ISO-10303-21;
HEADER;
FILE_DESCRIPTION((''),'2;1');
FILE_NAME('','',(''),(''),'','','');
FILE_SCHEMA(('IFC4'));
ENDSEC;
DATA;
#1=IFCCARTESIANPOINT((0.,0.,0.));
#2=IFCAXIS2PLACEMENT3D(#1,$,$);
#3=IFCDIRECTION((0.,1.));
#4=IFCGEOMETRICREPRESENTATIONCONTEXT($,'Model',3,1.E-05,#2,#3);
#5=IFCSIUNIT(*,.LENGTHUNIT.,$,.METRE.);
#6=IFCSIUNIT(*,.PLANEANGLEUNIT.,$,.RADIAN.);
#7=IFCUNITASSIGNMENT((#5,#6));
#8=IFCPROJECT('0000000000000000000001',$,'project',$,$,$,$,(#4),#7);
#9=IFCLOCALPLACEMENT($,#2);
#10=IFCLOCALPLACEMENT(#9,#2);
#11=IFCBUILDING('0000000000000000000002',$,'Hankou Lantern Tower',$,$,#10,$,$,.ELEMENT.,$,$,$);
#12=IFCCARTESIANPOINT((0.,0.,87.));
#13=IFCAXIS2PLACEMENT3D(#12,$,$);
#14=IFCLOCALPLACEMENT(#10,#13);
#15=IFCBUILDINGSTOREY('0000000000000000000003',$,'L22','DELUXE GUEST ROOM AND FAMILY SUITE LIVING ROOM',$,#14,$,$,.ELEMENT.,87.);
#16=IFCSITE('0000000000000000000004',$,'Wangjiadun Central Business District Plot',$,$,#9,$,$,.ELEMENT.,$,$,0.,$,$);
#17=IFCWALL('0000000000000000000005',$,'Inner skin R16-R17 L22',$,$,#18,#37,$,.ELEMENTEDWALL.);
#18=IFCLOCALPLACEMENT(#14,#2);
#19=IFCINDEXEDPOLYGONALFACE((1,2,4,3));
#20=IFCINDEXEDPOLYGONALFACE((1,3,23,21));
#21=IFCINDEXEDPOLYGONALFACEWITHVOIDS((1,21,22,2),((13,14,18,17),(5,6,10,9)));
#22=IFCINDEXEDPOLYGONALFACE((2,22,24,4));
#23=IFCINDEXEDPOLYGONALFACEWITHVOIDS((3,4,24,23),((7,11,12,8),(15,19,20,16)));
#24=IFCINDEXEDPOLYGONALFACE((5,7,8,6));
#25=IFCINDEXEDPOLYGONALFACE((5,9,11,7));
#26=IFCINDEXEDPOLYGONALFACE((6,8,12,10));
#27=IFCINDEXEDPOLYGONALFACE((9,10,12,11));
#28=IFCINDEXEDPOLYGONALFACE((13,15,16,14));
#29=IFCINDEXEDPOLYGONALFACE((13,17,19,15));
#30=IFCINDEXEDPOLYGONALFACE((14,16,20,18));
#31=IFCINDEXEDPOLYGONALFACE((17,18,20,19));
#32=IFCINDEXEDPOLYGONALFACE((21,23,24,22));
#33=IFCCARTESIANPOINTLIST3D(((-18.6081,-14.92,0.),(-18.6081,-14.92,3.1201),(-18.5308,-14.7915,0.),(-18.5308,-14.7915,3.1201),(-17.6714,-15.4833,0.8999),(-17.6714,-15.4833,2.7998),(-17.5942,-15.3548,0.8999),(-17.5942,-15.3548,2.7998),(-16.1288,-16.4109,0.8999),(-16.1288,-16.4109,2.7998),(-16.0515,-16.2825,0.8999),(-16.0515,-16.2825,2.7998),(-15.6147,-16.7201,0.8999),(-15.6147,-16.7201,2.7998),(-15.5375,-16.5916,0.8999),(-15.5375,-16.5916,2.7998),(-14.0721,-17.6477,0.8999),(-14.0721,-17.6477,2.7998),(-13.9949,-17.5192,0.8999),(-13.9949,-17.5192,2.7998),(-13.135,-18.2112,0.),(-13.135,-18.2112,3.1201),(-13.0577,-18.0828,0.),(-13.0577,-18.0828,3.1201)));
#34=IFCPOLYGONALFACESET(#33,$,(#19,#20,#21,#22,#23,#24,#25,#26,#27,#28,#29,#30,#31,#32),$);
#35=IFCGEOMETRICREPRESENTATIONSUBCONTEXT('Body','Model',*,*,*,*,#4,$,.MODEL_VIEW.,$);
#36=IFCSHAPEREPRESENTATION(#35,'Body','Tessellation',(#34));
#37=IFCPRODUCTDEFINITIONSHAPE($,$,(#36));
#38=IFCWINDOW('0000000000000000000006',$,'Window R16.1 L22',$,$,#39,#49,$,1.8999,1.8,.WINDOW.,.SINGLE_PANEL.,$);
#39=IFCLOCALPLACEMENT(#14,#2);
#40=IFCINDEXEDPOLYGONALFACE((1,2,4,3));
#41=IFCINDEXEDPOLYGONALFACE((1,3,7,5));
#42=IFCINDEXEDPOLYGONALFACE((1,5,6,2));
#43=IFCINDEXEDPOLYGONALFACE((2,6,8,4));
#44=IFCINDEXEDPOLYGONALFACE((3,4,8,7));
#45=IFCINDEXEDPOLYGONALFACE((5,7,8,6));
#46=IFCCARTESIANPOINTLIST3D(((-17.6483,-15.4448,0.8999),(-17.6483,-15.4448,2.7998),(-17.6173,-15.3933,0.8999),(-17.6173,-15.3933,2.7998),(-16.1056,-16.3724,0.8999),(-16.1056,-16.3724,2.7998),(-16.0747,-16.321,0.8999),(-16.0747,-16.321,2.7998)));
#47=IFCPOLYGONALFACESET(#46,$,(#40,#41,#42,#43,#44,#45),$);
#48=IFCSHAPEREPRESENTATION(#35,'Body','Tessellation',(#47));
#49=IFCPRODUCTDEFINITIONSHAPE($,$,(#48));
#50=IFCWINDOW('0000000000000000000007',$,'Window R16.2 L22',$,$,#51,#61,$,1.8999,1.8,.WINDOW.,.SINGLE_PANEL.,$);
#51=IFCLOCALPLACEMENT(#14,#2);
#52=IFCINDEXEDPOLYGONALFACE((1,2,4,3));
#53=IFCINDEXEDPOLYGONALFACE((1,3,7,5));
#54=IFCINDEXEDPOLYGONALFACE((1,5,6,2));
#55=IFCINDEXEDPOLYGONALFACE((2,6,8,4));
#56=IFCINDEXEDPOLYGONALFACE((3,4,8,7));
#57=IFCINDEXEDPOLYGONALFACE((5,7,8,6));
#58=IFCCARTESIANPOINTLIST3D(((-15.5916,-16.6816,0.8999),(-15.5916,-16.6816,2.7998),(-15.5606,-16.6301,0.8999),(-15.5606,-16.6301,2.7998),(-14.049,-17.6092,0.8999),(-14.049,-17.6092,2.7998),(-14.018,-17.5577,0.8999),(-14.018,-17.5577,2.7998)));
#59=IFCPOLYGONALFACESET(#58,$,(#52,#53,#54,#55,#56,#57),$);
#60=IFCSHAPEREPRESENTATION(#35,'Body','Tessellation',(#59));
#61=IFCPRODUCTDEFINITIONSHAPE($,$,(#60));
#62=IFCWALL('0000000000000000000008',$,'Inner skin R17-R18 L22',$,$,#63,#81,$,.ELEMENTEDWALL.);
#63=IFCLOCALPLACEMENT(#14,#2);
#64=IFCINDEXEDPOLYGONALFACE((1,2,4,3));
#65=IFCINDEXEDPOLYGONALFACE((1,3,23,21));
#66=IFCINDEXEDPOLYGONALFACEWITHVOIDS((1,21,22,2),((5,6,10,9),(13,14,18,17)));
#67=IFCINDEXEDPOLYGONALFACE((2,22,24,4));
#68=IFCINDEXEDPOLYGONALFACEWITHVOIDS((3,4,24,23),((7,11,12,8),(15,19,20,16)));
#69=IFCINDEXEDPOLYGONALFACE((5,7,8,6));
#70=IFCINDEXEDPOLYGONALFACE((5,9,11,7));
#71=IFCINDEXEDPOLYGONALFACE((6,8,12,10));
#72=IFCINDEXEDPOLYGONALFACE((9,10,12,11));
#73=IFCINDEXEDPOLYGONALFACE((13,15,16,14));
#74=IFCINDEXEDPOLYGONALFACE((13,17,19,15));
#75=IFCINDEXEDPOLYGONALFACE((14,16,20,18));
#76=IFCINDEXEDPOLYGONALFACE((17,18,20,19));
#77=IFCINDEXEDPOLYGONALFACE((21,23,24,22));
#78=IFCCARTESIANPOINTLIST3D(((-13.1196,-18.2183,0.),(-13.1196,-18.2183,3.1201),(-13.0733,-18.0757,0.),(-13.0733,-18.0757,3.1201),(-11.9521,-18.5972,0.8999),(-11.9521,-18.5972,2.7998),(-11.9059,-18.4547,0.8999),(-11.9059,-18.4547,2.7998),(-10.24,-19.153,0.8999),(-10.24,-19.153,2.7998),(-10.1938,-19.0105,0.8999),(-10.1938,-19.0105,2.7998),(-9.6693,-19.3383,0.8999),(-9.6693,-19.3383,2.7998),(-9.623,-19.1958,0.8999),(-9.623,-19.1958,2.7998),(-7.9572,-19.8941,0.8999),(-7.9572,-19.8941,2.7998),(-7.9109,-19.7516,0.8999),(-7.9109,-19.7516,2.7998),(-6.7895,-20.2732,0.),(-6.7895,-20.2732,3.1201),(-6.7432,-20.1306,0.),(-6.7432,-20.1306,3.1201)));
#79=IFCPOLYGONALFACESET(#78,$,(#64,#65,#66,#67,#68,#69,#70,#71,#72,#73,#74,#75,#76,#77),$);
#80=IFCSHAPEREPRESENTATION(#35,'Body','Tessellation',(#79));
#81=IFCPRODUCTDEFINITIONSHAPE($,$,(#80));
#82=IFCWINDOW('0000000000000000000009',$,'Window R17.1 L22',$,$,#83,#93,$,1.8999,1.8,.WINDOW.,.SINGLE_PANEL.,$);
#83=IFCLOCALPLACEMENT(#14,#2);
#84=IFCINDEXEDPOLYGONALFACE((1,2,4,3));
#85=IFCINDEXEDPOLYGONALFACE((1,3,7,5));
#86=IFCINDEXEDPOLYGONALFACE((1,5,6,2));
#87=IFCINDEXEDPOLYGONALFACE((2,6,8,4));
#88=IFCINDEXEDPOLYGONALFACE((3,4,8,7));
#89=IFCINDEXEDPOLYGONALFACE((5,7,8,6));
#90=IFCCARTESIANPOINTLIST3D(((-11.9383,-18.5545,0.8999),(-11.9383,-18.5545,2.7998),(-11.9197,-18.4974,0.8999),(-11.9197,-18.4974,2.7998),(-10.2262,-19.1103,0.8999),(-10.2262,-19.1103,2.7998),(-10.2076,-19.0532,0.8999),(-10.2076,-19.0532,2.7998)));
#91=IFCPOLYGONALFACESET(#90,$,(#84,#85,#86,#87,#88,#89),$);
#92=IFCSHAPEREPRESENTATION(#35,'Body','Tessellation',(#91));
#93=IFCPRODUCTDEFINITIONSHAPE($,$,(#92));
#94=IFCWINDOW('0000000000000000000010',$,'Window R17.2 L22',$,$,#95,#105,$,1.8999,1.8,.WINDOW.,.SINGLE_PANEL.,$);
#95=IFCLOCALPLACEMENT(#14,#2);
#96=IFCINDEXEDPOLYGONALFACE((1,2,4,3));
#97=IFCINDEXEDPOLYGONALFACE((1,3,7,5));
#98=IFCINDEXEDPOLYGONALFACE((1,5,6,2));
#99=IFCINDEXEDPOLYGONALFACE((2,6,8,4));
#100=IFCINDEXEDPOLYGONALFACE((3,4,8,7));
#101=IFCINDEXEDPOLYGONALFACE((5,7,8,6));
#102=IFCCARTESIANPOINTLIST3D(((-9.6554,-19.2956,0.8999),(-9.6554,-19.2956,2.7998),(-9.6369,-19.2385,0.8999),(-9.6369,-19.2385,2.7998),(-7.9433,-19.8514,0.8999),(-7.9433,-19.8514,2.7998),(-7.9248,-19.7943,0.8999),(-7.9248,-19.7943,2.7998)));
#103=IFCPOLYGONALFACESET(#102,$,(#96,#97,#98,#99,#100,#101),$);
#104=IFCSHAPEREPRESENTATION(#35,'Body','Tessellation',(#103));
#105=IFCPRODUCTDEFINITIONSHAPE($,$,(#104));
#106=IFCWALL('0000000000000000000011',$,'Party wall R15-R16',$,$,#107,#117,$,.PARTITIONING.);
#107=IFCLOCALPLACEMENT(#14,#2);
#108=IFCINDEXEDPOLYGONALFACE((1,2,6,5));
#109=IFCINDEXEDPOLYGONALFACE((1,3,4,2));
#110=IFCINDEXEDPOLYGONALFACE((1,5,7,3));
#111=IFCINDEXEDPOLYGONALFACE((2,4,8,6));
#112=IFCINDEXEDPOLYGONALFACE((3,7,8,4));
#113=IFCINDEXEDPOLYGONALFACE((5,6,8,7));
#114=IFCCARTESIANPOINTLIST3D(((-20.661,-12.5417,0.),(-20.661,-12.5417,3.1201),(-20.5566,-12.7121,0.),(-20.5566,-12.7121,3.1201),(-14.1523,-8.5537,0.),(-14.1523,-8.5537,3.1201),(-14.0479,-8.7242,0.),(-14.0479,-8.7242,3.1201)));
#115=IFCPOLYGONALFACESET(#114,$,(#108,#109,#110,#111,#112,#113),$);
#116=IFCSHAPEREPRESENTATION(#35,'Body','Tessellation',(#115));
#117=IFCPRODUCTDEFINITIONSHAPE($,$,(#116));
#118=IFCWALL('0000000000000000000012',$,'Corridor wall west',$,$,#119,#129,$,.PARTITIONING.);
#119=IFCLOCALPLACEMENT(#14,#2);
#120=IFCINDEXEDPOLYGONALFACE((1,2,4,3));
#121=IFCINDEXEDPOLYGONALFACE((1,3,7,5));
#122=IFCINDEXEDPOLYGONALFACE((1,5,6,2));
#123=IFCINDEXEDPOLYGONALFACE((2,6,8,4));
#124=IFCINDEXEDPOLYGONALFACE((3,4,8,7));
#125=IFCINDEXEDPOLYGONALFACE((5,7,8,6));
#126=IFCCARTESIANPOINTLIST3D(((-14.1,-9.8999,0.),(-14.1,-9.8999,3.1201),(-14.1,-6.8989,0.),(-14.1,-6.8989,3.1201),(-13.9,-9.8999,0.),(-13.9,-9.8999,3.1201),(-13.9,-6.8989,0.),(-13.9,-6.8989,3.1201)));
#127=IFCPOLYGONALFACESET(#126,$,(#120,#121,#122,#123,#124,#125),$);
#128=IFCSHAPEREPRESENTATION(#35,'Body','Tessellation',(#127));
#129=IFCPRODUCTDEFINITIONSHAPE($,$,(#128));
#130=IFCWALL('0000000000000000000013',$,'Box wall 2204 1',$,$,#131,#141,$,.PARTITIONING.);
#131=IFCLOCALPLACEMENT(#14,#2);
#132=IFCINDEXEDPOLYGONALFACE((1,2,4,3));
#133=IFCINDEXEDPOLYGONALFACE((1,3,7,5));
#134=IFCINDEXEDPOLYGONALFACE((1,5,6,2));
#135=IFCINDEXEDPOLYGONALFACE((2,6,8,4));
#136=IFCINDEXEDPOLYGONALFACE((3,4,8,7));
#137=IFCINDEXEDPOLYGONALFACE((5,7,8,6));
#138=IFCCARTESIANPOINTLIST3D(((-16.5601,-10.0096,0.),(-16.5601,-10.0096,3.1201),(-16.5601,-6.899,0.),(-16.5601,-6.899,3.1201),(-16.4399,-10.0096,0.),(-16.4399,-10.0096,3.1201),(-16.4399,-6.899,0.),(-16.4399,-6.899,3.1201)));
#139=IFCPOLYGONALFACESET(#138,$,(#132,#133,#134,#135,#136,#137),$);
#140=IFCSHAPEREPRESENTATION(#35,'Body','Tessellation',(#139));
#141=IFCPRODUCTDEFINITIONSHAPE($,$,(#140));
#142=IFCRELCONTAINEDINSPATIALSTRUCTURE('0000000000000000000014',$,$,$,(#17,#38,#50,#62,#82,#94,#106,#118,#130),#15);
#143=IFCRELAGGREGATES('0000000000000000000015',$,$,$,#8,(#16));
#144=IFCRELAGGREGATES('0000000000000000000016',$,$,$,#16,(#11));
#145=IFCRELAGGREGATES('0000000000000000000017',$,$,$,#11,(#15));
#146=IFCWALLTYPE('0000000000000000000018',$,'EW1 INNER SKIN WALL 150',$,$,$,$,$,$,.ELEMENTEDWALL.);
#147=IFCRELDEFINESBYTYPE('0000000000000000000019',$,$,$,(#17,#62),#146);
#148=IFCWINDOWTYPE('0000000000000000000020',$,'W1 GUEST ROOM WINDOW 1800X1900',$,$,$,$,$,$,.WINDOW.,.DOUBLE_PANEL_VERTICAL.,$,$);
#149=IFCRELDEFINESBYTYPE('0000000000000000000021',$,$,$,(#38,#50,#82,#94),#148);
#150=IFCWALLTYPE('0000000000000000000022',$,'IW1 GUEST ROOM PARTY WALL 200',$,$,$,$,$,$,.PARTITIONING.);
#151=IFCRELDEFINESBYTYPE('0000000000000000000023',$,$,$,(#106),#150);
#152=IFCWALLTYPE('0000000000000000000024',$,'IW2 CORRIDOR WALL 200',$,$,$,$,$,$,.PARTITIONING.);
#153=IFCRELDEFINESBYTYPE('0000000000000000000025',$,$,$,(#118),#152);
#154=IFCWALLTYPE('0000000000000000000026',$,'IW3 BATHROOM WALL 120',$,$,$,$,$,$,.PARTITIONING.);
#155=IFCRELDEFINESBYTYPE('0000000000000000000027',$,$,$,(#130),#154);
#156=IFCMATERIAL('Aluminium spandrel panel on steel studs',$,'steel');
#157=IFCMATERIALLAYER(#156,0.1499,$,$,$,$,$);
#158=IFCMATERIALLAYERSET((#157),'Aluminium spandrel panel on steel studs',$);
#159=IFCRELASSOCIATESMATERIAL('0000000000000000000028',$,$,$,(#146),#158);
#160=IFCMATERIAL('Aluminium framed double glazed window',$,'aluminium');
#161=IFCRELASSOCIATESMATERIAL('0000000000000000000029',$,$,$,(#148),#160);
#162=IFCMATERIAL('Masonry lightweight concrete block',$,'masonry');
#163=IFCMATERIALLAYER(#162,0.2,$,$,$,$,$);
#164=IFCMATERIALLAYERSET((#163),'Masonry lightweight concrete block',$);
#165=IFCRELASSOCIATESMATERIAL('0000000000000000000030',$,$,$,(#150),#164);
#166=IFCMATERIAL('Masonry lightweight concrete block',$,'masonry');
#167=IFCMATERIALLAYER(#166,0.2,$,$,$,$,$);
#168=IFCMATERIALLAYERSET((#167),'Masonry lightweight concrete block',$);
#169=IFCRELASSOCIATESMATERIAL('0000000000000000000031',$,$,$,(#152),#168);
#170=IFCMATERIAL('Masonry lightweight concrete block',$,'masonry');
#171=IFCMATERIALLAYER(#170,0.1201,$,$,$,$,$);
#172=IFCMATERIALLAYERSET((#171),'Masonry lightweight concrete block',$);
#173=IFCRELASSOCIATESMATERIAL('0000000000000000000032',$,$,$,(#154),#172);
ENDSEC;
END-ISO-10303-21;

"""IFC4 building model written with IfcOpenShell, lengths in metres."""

from ifc_helpers import new_model, si_unit, direction, frame, frame_2d, origin, place, context, subcontext, project, spatial, rectangle, extrude, material, layer, layer_set, type_object, element, fill, save


model = new_model("IFC4")

# Units and contexts
model_context = context("Model", 3, precision=1e-05, world=origin(), true_north=direction((0.0, 1.0)))
body_context = subcontext(model_context, "Body", "Model", "MODEL_VIEW")
ifc_project = project(units=[si_unit("LENGTHUNIT", "METRE"), si_unit("PLANEANGLEUNIT", "RADIAN")], contexts=[model_context])

# Site, building, storey
site_placement = place(None, origin())
site = spatial("IfcSite", under=ifc_project, at=site_placement, Name="Wangjiadun Central Business District Plot", CompositionType="ELEMENT", RefElevation=0.0)
building_placement = place(site_placement, origin())
building = spatial("IfcBuilding", under=site, at=building_placement, Name="Hankou Lantern Tower", CompositionType="ELEMENT")
storey_placement = place(building_placement, frame((0.0, 0.0, 87.0)))
storey = spatial("IfcBuildingStorey", under=building, at=storey_placement, Name="L22", Description="DELUXE GUEST ROOM AND FAMILY SUITE LIVING ROOM", CompositionType="ELEMENT", Elevation=87.0)

# Walls, openings, windows
ifc_material_1 = material(Name="Aluminium spandrel panel on steel studs", Category="steel")
ifc_layer_1 = layer(ifc_material_1, 0.1499)
ifc_layer_set_1 = layer_set([ifc_layer_1], Name="Aluminium spandrel panel on steel studs")
wall_type_1 = type_object("IfcWallType", Name="EW1 INNER SKIN WALL 150", PredefinedType="ELEMENTEDWALL", material=ifc_layer_set_1)
ifc_material_2 = material(Name="Aluminium framed double glazed window", Category="aluminium")
window_type = type_object("IfcWindowType", Name="W1 GUEST ROOM WINDOW 1800X1900", PartitioningType="DOUBLE_PANEL_VERTICAL", PredefinedType="WINDOW", material=ifc_material_2)
wall_1_placement = place(storey_placement, frame((-18.5696, -14.8557, 0.0), z_axis=(0.0, 0.0, 1.0), x_axis=(0.856983, -0.515344, 0.0)))
wall_1 = element("IfcWall", 1, at=wall_1_placement, inside=storey, type_object=wall_type_1, Name="Inner skin R16-R17 L22", PredefinedType="ELEMENTEDWALL", context=body_context, shape_type="SweptSolid", body=[
    extrude(rectangle(XDim=6.3865, YDim=0.1499, at=frame_2d((3.1934, 0.0))), origin(), (0.0, 0.0, 1.0), 3.1201),
])
opening_1_placement = place(wall_1_placement, frame((1.0933, 0.0, 0.8999)))
opening_1 = element("IfcOpeningElement", 2, at=opening_1_placement, cuts=wall_1, PredefinedType="OPENING", context=body_context, shape_type="SweptSolid", body=[
    extrude(rectangle(XDim=1.8, YDim=1.8999, at=frame_2d((0.8999, 0.95))), frame((0.0, 0.085, 0.0), z_axis=(0.0, -1.0, 0.0), x_axis=(1.0, 0.0, 0.0)), (0.0, 0.0, 1.0), 0.1699),
])
opening_2_placement = place(wall_1_placement, frame((3.4932, 0.0, 0.8999)))
opening_2 = element("IfcOpeningElement", 3, at=opening_2_placement, cuts=wall_1, PredefinedType="OPENING", context=body_context, shape_type="SweptSolid", body=[
    extrude(rectangle(XDim=1.8, YDim=1.8999, at=frame_2d((0.8999, 0.95))), frame((0.0, 0.085, 0.0), z_axis=(0.0, -1.0, 0.0), x_axis=(1.0, 0.0, 0.0)), (0.0, 0.0, 1.0), 0.1699),
])
window_1_placement = place(opening_1_placement, origin())
window_1 = element("IfcWindow", 4, at=window_1_placement, inside=storey, type_object=window_type, Name="Window R16.1 L22", OverallHeight=1.8999, OverallWidth=1.8, PartitioningType="SINGLE_PANEL", PredefinedType="WINDOW", context=body_context, shape_type="SweptSolid", body=[
    extrude(rectangle(XDim=1.8, YDim=1.8999, at=frame_2d((0.8999, 0.95))), frame((0.0, 0.03, 0.0), z_axis=(0.0, -1.0, 0.0), x_axis=(1.0, 0.0, 0.0)), (0.0, 0.0, 1.0), 0.0601),
])
fill(opening_1, window_1)
window_2_placement = place(opening_2_placement, origin())
window_2 = element("IfcWindow", 5, at=window_2_placement, inside=storey, type_object=window_type, Name="Window R16.2 L22", OverallHeight=1.8999, OverallWidth=1.8, PartitioningType="SINGLE_PANEL", PredefinedType="WINDOW", context=body_context, shape_type="SweptSolid", body=[
    extrude(rectangle(XDim=1.8, YDim=1.8999, at=frame_2d((0.8999, 0.95))), frame((0.0, 0.03, 0.0), z_axis=(0.0, -1.0, 0.0), x_axis=(1.0, 0.0, 0.0)), (0.0, 0.0, 1.0), 0.0601),
])
fill(opening_2, window_2)
wall_2_placement = place(storey_placement, frame((-13.0964, -18.147, 0.0), z_axis=(0.0, 0.0, 1.0), x_axis=(0.951138, -0.308768, 0.0)))
wall_2 = element("IfcWall", 6, at=wall_2_placement, inside=storey, type_object=wall_type_1, Name="Inner skin R17-R18 L22", PredefinedType="ELEMENTEDWALL", context=body_context, shape_type="SweptSolid", body=[
    extrude(rectangle(XDim=6.6553, YDim=0.1499, at=frame_2d((3.3276, 0.0))), origin(), (0.0, 0.0, 1.0), 3.1201),
])
opening_3_placement = place(wall_2_placement, frame((1.2275, 0.0, 0.8999)))
opening_3 = element("IfcOpeningElement", 7, at=opening_3_placement, cuts=wall_2, PredefinedType="OPENING", context=body_context, shape_type="SweptSolid", body=[
    extrude(rectangle(XDim=1.8, YDim=1.8999, at=frame_2d((0.8999, 0.95))), frame((0.0, 0.085, 0.0), z_axis=(0.0, -1.0, 0.0), x_axis=(1.0, 0.0, 0.0)), (0.0, 0.0, 1.0), 0.1699),
])
opening_4_placement = place(wall_2_placement, frame((3.6277, 0.0, 0.8999)))
opening_4 = element("IfcOpeningElement", 8, at=opening_4_placement, cuts=wall_2, PredefinedType="OPENING", context=body_context, shape_type="SweptSolid", body=[
    extrude(rectangle(XDim=1.8, YDim=1.8999, at=frame_2d((0.8999, 0.95))), frame((0.0, 0.085, 0.0), z_axis=(0.0, -1.0, 0.0), x_axis=(1.0, 0.0, 0.0)), (0.0, 0.0, 1.0), 0.1699),
])
window_3_placement = place(opening_3_placement, origin())
window_3 = element("IfcWindow", 9, at=window_3_placement, inside=storey, type_object=window_type, Name="Window R17.1 L22", OverallHeight=1.8999, OverallWidth=1.8, PartitioningType="SINGLE_PANEL", PredefinedType="WINDOW", context=body_context, shape_type="SweptSolid", body=[
    extrude(rectangle(XDim=1.8, YDim=1.8999, at=frame_2d((0.8999, 0.95))), frame((0.0, 0.03, 0.0), z_axis=(0.0, -1.0, 0.0), x_axis=(1.0, 0.0, 0.0)), (0.0, 0.0, 1.0), 0.0601),
])
fill(opening_3, window_3)
window_4_placement = place(opening_4_placement, origin())
window_4 = element("IfcWindow", 10, at=window_4_placement, inside=storey, type_object=window_type, Name="Window R17.2 L22", OverallHeight=1.8999, OverallWidth=1.8, PartitioningType="SINGLE_PANEL", PredefinedType="WINDOW", context=body_context, shape_type="SweptSolid", body=[
    extrude(rectangle(XDim=1.8, YDim=1.8999, at=frame_2d((0.8999, 0.95))), frame((0.0, 0.03, 0.0), z_axis=(0.0, -1.0, 0.0), x_axis=(1.0, 0.0, 0.0)), (0.0, 0.0, 1.0), 0.0601),
])
fill(opening_4, window_4)

# Walls
ifc_material_3 = material(Name="Masonry lightweight concrete block", Category="masonry")
ifc_layer_2 = layer(ifc_material_3, 0.2)
ifc_layer_set_2 = layer_set([ifc_layer_2], Name="Masonry lightweight concrete block")
wall_type_2 = type_object("IfcWallType", Name="IW1 GUEST ROOM PARTY WALL 200", PredefinedType="PARTITIONING", material=ifc_layer_set_2)
wall_3_placement = place(storey_placement, frame((-14.1001, -8.6389, 0.0), z_axis=(0.0, 0.0, 1.0), x_axis=(-0.852672, -0.522446, 0.0)))
element("IfcWall", 11, at=wall_3_placement, inside=storey, type_object=wall_type_2, Name="Party wall R15-R16", PredefinedType="PARTITIONING", context=body_context, shape_type="SweptSolid", body=[
    extrude(rectangle(XDim=7.6333, YDim=0.2, at=frame_2d((3.8167, 0.0))), origin(), (0.0, 0.0, 1.0), 3.1201),
])
ifc_material_4 = material(Name="Masonry lightweight concrete block", Category="masonry")
ifc_layer_3 = layer(ifc_material_4, 0.2)
ifc_layer_set_3 = layer_set([ifc_layer_3], Name="Masonry lightweight concrete block")
wall_type_3 = type_object("IfcWallType", Name="IW2 CORRIDOR WALL 200", PredefinedType="PARTITIONING", material=ifc_layer_set_3)
wall_4_placement = place(storey_placement, frame((-14.0, -6.8989, 0.0), z_axis=(0.0, 0.0, 1.0), x_axis=(0.0, -1.0, 0.0)))
element("IfcWall", 12, at=wall_4_placement, inside=storey, type_object=wall_type_3, Name="Corridor wall west", PredefinedType="PARTITIONING", context=body_context, shape_type="SweptSolid", body=[
    extrude(rectangle(XDim=3.001, YDim=0.2, at=frame_2d((1.5005, 0.0))), origin(), (0.0, 0.0, 1.0), 3.1201),
])
ifc_material_5 = material(Name="Masonry lightweight concrete block", Category="masonry")
ifc_layer_4 = layer(ifc_material_5, 0.1201)
ifc_layer_set_4 = layer_set([ifc_layer_4], Name="Masonry lightweight concrete block")
wall_type_4 = type_object("IfcWallType", Name="IW3 BATHROOM WALL 120", PredefinedType="PARTITIONING", material=ifc_layer_set_4)
wall_5_placement = place(storey_placement, frame((-16.5, -10.0095, 0.0), z_axis=(0.0, 0.0, 1.0), x_axis=(0.0, 1.0, 0.0)))
element("IfcWall", 13, at=wall_5_placement, inside=storey, type_object=wall_type_4, Name="Box wall 2204 1", PredefinedType="PARTITIONING", context=body_context, shape_type="SweptSolid", body=[
    extrude(rectangle(XDim=3.1106, YDim=0.1201, at=frame_2d((1.5552, 0.0))), origin(), (0.0, 0.0, 1.0), 3.1201),
])

save(model, "model.ifc")
